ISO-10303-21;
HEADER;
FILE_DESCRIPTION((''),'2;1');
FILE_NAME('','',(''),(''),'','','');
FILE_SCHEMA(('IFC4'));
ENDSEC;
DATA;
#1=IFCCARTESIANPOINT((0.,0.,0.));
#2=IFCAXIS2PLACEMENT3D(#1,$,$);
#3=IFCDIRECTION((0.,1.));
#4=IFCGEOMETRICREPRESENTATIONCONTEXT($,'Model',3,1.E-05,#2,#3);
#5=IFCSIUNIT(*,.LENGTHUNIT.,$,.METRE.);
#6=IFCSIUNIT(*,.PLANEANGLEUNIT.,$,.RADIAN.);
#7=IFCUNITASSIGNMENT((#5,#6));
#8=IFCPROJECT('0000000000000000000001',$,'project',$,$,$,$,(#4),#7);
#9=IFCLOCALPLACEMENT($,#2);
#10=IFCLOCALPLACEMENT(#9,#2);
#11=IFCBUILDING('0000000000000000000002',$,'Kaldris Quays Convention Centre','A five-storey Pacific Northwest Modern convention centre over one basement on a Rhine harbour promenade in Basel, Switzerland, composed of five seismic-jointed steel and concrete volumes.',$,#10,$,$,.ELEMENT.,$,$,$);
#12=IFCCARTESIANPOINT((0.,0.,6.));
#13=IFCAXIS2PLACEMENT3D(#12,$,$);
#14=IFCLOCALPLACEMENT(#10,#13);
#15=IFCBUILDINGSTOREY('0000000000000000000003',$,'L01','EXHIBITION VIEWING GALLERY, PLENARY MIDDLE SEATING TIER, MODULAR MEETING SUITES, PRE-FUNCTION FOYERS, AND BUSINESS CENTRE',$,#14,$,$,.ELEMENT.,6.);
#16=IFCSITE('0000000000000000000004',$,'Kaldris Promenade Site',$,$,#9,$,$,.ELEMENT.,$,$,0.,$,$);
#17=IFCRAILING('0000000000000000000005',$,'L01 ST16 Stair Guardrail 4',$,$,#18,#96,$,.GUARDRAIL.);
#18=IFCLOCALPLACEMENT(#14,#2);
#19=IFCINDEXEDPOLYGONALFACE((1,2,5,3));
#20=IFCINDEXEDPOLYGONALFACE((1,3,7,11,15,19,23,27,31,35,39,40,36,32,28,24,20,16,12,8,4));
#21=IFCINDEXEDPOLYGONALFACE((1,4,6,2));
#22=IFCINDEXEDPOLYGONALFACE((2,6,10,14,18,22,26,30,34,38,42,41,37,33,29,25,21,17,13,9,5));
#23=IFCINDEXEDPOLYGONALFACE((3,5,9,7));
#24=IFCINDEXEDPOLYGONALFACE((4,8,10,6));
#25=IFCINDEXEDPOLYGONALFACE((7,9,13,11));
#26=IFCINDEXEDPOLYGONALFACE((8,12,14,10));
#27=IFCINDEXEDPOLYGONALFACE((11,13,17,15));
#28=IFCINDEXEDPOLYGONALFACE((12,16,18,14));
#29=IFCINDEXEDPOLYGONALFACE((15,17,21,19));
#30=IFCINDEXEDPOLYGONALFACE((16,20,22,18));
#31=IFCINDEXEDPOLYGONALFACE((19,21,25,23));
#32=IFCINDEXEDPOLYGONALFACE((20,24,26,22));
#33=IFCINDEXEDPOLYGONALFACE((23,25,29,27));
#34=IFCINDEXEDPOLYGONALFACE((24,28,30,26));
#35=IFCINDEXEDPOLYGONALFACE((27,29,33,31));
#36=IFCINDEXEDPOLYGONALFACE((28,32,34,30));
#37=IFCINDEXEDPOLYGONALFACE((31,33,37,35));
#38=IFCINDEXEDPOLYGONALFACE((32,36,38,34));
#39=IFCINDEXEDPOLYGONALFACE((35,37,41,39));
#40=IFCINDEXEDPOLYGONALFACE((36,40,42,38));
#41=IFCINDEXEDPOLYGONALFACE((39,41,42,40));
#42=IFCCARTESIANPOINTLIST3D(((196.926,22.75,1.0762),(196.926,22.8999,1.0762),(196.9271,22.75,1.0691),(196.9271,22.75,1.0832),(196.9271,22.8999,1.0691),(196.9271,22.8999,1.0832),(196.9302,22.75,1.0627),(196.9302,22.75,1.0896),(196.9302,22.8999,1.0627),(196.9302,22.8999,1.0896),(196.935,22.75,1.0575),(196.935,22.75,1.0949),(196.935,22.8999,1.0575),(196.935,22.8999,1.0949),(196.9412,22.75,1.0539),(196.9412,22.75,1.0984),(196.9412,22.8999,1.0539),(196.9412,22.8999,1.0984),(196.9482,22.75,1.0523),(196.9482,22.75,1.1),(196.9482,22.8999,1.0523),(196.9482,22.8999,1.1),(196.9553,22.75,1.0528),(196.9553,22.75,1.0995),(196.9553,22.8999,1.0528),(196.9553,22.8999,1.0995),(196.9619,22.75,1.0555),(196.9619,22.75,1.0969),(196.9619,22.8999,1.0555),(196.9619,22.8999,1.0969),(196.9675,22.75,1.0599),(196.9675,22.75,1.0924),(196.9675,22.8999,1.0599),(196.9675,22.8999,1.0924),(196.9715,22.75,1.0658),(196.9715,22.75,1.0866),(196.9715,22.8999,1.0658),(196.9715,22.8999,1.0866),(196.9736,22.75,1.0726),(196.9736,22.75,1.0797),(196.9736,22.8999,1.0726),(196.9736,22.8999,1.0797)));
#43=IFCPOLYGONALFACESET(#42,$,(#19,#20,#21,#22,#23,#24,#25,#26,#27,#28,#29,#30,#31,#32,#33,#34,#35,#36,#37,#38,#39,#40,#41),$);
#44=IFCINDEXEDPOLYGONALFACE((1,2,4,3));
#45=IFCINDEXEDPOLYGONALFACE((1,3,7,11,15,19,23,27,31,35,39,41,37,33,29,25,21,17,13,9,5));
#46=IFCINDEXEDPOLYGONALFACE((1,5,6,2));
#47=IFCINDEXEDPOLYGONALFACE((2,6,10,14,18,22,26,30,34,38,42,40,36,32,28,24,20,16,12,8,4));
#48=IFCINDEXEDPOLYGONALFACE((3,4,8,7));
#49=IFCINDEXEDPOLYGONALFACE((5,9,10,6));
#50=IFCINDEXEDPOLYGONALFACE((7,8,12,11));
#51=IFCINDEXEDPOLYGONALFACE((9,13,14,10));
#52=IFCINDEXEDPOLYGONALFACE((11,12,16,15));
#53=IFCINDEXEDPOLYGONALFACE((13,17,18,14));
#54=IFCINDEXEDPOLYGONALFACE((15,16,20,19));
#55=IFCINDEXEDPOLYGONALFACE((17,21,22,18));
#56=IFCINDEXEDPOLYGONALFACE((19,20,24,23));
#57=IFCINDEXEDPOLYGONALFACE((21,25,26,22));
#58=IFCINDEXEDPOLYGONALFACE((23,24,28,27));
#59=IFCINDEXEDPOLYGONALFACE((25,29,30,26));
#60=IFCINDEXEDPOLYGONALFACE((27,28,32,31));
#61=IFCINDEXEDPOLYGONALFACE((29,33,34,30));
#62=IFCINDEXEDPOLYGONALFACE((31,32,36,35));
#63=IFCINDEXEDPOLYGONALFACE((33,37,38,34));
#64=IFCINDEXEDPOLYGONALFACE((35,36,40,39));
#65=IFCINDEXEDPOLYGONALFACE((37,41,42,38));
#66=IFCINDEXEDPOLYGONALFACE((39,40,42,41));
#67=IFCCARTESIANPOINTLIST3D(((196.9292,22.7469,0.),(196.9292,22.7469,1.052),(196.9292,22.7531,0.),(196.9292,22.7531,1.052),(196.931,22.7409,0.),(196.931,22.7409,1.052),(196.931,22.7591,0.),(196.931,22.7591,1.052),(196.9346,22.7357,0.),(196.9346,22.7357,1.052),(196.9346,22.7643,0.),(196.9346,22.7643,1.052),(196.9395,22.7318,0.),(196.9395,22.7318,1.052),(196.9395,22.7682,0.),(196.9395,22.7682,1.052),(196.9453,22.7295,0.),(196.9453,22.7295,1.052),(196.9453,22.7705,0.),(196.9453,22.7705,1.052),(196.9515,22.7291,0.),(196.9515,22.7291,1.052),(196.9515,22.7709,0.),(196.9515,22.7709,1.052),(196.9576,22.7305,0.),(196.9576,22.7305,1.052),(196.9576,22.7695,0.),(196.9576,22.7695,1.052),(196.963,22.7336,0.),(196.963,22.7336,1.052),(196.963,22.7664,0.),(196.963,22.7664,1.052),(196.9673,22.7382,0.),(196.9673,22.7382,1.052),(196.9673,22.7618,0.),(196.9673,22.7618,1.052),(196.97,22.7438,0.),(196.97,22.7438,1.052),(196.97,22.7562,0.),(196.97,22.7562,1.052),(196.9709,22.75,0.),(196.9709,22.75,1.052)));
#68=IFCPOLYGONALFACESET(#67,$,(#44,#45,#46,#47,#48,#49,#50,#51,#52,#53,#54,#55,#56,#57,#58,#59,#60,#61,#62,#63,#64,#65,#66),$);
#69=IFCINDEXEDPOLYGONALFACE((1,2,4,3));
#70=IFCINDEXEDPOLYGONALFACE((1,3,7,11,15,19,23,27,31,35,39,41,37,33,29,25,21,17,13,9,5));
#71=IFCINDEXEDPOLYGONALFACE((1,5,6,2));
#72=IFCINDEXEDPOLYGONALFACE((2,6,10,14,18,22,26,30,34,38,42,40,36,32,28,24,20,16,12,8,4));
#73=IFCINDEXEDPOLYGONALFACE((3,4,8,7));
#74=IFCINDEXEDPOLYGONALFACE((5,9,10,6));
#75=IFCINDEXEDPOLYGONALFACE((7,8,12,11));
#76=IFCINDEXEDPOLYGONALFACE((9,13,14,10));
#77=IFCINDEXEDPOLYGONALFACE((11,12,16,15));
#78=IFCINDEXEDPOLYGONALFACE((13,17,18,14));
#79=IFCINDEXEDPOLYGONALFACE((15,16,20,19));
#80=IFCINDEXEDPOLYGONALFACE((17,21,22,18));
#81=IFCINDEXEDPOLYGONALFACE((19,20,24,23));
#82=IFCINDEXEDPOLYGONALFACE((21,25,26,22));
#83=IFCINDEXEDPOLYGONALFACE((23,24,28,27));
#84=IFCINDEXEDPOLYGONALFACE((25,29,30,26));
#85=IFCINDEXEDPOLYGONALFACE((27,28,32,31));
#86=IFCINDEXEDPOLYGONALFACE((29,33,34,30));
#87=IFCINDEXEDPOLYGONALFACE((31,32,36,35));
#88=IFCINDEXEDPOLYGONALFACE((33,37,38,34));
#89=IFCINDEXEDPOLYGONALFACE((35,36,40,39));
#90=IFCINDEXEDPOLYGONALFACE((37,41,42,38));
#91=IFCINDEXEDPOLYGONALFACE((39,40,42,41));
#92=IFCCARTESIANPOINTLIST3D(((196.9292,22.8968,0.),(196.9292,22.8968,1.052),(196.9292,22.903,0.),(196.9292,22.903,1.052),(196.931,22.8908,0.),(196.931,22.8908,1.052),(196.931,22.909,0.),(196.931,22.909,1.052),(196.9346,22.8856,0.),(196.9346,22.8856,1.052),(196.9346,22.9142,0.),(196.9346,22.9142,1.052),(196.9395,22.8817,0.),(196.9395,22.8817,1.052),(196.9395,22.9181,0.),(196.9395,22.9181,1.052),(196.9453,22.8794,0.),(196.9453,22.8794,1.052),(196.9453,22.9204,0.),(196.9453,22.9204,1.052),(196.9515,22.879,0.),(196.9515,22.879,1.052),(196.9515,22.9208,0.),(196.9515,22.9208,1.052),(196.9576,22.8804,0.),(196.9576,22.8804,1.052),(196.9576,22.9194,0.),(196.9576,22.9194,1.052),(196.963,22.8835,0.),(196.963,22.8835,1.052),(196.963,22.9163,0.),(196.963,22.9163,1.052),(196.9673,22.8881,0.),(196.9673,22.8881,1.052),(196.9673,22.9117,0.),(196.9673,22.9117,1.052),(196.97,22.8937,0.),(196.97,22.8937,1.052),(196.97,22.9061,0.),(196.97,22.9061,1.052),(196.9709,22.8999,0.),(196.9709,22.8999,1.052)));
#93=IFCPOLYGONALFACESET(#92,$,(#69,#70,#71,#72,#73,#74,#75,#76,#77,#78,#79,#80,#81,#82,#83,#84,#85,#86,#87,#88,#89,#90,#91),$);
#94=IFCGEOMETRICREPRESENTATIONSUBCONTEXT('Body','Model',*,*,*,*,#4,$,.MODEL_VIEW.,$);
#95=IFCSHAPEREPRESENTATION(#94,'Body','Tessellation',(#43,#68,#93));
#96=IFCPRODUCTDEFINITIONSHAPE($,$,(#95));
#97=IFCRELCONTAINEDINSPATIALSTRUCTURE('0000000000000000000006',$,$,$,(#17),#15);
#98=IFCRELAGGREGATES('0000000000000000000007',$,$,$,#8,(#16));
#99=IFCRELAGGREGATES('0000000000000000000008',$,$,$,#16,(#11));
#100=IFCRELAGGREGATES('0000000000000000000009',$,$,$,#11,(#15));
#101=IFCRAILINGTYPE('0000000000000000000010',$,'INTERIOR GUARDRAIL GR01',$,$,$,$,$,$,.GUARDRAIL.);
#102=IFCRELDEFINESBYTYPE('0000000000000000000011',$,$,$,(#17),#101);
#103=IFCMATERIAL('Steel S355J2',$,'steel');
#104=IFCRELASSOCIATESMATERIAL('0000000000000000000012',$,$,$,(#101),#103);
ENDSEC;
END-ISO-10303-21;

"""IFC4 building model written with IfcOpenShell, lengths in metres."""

from ifc_helpers import new_model, si_unit, direction, frame, origin, origin_2d, place, context, subcontext, project, spatial, circle, extrude, material, type_object, element, save


model = new_model("IFC4")

# Units and contexts
model_context = context("Model", 3, precision=1e-05, world=origin(), true_north=direction((0.0, 1.0)))
body_context = subcontext(model_context, "Body", "Model", "MODEL_VIEW")
ifc_project = project(units=[si_unit("LENGTHUNIT", "METRE"), si_unit("PLANEANGLEUNIT", "RADIAN")], contexts=[model_context])

# Site, building, storey
site_placement = place(None, origin())
site = spatial("IfcSite", under=ifc_project, at=site_placement, Name="Kaldris Promenade Site", CompositionType="ELEMENT", RefElevation=0.0)
building_placement = place(site_placement, origin())
building = spatial("IfcBuilding", under=site, at=building_placement, Name="Kaldris Quays Convention Centre", Description="A five-storey Pacific Northwest Modern convention centre over one basement on a Rhine harbour promenade in Basel, Switzerland, composed of five seismic-jointed steel and concrete volumes.", CompositionType="ELEMENT")
storey_placement = place(building_placement, frame((0.0, 0.0, 6.0)))
storey = spatial("IfcBuildingStorey", under=building, at=storey_placement, Name="L01", Description="EXHIBITION VIEWING GALLERY, PLENARY MIDDLE SEATING TIER, MODULAR MEETING SUITES, PRE-FUNCTION FOYERS, AND BUSINESS CENTRE", CompositionType="ELEMENT", Elevation=6.0)

# Railing
ifc_material_1 = material(Name="Steel S355J2", Category="steel")
railing_type_1 = type_object("IfcRailingType", Name="INTERIOR GUARDRAIL GR01", PredefinedType="GUARDRAIL", material=ifc_material_1)
railing_1_placement = place(storey_placement, frame((196.95, 22.75, 0.0)))
element("IfcRailing", 1, at=railing_1_placement, inside=storey, type_object=railing_type_1, Name="L01 ST16 Stair Guardrail 4", PredefinedType="GUARDRAIL", context=body_context, shape_type="SweptSolid", body=[
    extrude(circle(Radius=0.0239, at=origin_2d()), frame((0.0, 0.0, 1.0762), z_axis=(0.0, 1.0, 0.0), x_axis=(-1.0, 0.0, 0.0)), (0.0, 0.0, 1.0), 0.1499),
    extrude(circle(Radius=0.021, at=origin_2d()), origin(), (0.0, 0.0, 1.0), 1.052),
    extrude(circle(Radius=0.021, at=origin_2d()), frame((0.0, 0.1499, 0.0)), (0.0, 0.0, 1.0), 1.052),
])

save(model, "model.ifc")
